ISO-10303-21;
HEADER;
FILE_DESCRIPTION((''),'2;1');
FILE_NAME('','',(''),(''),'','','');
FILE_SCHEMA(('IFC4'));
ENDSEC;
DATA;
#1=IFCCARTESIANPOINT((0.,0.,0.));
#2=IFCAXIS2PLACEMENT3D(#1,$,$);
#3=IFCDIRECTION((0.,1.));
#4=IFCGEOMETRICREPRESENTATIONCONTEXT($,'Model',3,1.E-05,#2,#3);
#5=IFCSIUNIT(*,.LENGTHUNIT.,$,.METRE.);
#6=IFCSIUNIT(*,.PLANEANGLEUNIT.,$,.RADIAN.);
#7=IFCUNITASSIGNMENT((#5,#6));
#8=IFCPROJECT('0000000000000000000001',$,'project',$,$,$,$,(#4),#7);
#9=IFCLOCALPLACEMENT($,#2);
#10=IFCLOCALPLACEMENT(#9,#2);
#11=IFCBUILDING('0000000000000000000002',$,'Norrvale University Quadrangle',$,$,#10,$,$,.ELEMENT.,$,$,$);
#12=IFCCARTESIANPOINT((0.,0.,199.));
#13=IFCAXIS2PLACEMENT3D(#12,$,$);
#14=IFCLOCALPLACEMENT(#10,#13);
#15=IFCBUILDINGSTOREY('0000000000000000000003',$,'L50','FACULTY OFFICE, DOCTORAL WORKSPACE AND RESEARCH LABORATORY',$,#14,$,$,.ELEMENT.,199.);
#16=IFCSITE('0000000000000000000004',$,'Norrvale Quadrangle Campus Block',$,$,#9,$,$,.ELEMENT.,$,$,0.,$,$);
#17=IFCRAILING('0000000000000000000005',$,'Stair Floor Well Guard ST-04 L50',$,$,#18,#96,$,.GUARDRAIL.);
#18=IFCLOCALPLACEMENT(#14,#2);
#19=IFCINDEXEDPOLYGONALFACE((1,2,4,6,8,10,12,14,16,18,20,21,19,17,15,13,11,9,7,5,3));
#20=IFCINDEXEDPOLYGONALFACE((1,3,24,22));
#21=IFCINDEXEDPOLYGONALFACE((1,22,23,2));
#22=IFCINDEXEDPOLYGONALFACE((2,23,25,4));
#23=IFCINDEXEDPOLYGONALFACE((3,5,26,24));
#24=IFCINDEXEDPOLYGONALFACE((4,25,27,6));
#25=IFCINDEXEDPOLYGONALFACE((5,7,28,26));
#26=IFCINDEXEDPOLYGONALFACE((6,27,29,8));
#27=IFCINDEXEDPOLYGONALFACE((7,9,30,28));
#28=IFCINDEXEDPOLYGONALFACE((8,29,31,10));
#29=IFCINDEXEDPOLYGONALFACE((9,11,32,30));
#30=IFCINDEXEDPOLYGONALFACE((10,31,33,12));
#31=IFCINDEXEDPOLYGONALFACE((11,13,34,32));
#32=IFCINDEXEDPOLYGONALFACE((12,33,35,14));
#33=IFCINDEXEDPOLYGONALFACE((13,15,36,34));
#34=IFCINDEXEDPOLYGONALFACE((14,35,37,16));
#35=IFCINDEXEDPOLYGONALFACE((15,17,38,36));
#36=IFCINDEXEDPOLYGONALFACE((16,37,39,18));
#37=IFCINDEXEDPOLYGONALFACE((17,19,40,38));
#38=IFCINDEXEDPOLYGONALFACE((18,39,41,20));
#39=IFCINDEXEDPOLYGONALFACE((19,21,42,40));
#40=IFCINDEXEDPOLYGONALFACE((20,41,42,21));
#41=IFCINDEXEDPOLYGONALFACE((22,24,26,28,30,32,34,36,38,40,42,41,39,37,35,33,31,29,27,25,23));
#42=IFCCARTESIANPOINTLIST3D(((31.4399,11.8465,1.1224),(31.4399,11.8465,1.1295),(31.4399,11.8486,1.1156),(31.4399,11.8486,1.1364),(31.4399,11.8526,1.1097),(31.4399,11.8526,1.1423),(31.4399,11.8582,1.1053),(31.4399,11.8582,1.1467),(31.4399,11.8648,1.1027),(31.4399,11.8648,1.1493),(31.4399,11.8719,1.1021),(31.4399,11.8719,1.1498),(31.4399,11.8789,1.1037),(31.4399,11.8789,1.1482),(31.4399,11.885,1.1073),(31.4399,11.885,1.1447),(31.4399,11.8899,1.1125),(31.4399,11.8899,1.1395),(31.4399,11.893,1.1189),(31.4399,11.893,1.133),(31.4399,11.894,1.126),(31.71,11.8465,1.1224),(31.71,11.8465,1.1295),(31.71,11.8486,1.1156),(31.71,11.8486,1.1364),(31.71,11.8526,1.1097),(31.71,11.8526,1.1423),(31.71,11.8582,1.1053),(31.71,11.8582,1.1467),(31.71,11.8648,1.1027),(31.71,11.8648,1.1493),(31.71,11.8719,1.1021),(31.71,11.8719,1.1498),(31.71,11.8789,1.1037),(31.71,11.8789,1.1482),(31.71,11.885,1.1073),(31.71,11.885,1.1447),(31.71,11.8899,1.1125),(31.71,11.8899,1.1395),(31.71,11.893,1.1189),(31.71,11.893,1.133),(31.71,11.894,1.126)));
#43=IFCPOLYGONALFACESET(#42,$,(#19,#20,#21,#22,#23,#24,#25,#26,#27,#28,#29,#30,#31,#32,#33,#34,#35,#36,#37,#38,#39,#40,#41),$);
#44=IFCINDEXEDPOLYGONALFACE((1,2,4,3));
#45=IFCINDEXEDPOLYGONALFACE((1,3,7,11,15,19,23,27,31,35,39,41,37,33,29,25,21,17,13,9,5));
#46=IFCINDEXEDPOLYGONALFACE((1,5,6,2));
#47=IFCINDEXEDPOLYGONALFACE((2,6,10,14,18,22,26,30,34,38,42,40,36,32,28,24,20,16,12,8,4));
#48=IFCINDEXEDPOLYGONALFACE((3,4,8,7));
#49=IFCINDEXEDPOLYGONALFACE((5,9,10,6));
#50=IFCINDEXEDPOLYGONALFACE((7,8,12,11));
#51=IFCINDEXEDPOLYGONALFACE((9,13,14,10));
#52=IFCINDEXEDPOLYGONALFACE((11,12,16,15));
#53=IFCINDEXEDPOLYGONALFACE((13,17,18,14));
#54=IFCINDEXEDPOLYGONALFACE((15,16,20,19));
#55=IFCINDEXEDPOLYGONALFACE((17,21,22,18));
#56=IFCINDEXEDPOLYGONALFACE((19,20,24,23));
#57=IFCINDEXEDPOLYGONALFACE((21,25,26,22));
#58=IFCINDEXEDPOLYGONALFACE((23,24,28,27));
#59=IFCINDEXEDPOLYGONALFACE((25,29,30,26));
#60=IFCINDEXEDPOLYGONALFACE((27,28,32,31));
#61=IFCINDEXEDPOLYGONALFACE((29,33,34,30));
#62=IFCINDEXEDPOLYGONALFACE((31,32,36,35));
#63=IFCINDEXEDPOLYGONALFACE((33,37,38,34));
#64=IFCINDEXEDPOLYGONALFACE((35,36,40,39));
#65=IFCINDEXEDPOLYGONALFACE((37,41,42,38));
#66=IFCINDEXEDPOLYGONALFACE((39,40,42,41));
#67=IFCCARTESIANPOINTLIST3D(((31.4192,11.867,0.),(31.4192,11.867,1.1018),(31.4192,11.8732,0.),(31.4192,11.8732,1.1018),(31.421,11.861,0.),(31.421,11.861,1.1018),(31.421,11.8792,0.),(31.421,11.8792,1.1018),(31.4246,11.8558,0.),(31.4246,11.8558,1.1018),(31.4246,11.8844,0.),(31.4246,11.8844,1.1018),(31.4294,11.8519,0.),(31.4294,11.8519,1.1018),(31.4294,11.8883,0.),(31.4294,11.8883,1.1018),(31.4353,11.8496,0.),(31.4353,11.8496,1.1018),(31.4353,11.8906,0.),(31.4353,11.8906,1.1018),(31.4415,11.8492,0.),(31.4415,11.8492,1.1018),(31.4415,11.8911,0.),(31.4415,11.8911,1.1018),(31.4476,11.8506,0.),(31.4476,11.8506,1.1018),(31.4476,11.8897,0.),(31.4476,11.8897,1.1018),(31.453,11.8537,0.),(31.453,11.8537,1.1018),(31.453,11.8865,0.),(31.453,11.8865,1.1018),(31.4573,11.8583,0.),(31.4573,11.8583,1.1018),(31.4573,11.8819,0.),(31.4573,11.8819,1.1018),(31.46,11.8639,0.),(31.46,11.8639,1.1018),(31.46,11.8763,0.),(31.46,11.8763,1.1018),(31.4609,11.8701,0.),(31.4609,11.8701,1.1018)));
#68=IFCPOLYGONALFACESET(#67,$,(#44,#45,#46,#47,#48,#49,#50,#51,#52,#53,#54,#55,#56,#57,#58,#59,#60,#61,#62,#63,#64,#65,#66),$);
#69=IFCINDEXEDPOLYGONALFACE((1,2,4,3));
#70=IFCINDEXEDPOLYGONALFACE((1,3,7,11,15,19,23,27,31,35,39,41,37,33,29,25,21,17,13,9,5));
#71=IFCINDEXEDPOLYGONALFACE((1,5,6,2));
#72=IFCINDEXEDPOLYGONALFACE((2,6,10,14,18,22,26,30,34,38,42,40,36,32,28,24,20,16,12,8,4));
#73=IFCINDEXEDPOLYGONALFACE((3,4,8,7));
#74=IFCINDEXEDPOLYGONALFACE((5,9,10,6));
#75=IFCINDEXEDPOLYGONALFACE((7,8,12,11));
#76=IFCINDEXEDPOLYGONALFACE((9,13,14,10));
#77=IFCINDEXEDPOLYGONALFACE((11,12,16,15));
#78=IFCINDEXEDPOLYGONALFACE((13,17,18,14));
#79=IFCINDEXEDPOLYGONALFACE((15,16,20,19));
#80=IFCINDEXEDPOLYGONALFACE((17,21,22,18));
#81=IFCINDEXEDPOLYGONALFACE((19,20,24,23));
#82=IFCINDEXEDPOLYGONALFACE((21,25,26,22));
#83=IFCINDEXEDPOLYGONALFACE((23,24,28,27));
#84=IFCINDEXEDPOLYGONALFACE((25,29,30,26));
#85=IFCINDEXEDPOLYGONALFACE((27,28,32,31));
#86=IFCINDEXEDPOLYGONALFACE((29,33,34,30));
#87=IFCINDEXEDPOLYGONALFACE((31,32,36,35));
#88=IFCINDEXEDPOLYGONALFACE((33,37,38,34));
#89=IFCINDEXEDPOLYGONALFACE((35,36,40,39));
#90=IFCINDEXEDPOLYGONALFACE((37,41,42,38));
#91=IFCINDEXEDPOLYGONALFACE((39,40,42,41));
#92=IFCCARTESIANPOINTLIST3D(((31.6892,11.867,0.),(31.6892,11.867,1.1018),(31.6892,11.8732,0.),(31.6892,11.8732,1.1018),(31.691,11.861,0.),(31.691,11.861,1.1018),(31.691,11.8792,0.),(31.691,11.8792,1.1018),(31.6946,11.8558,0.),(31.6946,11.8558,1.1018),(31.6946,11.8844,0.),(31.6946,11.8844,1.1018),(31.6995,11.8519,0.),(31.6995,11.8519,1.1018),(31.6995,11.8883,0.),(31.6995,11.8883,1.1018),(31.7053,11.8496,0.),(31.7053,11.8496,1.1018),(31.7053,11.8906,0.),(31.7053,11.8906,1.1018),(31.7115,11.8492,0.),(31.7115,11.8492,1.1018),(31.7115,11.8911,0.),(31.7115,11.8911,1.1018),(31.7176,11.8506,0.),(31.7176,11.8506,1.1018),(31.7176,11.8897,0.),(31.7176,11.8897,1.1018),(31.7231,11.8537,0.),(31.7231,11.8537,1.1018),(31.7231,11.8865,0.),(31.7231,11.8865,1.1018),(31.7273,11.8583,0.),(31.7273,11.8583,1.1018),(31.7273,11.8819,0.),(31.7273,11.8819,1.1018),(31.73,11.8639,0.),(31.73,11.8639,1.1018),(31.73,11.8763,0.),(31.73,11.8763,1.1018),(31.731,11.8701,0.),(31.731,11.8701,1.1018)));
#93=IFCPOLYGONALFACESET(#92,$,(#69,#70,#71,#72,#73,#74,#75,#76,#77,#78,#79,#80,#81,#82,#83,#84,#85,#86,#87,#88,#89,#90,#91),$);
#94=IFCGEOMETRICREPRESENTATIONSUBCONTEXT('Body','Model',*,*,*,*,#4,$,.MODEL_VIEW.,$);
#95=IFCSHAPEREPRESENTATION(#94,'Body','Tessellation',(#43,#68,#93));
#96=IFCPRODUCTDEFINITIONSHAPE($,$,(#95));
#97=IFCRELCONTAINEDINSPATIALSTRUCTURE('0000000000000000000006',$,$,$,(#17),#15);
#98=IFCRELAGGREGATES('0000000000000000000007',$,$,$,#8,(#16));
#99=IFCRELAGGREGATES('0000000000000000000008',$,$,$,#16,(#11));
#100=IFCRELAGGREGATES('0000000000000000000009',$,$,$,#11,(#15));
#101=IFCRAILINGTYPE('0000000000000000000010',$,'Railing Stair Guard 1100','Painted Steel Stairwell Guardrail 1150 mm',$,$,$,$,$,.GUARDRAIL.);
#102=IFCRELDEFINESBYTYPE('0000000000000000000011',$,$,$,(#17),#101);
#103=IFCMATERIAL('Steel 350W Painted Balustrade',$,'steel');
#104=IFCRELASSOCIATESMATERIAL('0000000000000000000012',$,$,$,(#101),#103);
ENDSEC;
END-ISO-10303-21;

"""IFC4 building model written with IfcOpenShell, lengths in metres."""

from ifc_helpers import new_model, si_unit, direction, frame, origin, origin_2d, place, context, subcontext, project, spatial, circle, extrude, material, type_object, element, save


model = new_model("IFC4")

# Units and contexts
model_context = context("Model", 3, precision=1e-05, world=origin(), true_north=direction((0.0, 1.0)))
body_context = subcontext(model_context, "Body", "Model", "MODEL_VIEW")
ifc_project = project(units=[si_unit("LENGTHUNIT", "METRE"), si_unit("PLANEANGLEUNIT", "RADIAN")], contexts=[model_context])

# Site, building, storey
site_placement = place(None, origin())
site = spatial("IfcSite", under=ifc_project, at=site_placement, Name="Norrvale Quadrangle Campus Block", CompositionType="ELEMENT", RefElevation=0.0)
building_placement = place(site_placement, origin())
building = spatial("IfcBuilding", under=site, at=building_placement, Name="Norrvale University Quadrangle", CompositionType="ELEMENT")
storey_placement = place(building_placement, frame((0.0, 0.0, 199.0)))
storey = spatial("IfcBuildingStorey", under=building, at=storey_placement, Name="L50", Description="FACULTY OFFICE, DOCTORAL WORKSPACE AND RESEARCH LABORATORY", CompositionType="ELEMENT", Elevation=199.0)

# Railing
ifc_material_1 = material(Name="Steel 350W Painted Balustrade", Category="steel")
railing_type_1 = type_object("IfcRailingType", Name="Railing Stair Guard 1100", Description="Painted Steel Stairwell Guardrail 1150 mm", PredefinedType="GUARDRAIL", material=ifc_material_1)
railing_1_placement = place(storey_placement, frame((31.4399, 11.8701, 0.0)))
element("IfcRailing", 1, at=railing_1_placement, inside=storey, type_object=railing_type_1, Name="Stair Floor Well Guard ST-04 L50", PredefinedType="GUARDRAIL", context=body_context, shape_type="SweptSolid", body=[
    extrude(circle(Radius=0.0239, at=origin_2d()), frame((0.0, 0.0, 1.126), z_axis=(1.0, 0.0, 0.0), x_axis=(0.0, 1.0, 0.0)), (0.0, 0.0, 1.0), 0.27),
    extrude(circle(Radius=0.021, at=origin_2d()), origin(), (0.0, 0.0, 1.0), 1.1018),
    extrude(circle(Radius=0.021, at=origin_2d()), frame((0.27, 0.0, 0.0)), (0.0, 0.0, 1.0), 1.1018),
])

save(model, "model.ifc")
